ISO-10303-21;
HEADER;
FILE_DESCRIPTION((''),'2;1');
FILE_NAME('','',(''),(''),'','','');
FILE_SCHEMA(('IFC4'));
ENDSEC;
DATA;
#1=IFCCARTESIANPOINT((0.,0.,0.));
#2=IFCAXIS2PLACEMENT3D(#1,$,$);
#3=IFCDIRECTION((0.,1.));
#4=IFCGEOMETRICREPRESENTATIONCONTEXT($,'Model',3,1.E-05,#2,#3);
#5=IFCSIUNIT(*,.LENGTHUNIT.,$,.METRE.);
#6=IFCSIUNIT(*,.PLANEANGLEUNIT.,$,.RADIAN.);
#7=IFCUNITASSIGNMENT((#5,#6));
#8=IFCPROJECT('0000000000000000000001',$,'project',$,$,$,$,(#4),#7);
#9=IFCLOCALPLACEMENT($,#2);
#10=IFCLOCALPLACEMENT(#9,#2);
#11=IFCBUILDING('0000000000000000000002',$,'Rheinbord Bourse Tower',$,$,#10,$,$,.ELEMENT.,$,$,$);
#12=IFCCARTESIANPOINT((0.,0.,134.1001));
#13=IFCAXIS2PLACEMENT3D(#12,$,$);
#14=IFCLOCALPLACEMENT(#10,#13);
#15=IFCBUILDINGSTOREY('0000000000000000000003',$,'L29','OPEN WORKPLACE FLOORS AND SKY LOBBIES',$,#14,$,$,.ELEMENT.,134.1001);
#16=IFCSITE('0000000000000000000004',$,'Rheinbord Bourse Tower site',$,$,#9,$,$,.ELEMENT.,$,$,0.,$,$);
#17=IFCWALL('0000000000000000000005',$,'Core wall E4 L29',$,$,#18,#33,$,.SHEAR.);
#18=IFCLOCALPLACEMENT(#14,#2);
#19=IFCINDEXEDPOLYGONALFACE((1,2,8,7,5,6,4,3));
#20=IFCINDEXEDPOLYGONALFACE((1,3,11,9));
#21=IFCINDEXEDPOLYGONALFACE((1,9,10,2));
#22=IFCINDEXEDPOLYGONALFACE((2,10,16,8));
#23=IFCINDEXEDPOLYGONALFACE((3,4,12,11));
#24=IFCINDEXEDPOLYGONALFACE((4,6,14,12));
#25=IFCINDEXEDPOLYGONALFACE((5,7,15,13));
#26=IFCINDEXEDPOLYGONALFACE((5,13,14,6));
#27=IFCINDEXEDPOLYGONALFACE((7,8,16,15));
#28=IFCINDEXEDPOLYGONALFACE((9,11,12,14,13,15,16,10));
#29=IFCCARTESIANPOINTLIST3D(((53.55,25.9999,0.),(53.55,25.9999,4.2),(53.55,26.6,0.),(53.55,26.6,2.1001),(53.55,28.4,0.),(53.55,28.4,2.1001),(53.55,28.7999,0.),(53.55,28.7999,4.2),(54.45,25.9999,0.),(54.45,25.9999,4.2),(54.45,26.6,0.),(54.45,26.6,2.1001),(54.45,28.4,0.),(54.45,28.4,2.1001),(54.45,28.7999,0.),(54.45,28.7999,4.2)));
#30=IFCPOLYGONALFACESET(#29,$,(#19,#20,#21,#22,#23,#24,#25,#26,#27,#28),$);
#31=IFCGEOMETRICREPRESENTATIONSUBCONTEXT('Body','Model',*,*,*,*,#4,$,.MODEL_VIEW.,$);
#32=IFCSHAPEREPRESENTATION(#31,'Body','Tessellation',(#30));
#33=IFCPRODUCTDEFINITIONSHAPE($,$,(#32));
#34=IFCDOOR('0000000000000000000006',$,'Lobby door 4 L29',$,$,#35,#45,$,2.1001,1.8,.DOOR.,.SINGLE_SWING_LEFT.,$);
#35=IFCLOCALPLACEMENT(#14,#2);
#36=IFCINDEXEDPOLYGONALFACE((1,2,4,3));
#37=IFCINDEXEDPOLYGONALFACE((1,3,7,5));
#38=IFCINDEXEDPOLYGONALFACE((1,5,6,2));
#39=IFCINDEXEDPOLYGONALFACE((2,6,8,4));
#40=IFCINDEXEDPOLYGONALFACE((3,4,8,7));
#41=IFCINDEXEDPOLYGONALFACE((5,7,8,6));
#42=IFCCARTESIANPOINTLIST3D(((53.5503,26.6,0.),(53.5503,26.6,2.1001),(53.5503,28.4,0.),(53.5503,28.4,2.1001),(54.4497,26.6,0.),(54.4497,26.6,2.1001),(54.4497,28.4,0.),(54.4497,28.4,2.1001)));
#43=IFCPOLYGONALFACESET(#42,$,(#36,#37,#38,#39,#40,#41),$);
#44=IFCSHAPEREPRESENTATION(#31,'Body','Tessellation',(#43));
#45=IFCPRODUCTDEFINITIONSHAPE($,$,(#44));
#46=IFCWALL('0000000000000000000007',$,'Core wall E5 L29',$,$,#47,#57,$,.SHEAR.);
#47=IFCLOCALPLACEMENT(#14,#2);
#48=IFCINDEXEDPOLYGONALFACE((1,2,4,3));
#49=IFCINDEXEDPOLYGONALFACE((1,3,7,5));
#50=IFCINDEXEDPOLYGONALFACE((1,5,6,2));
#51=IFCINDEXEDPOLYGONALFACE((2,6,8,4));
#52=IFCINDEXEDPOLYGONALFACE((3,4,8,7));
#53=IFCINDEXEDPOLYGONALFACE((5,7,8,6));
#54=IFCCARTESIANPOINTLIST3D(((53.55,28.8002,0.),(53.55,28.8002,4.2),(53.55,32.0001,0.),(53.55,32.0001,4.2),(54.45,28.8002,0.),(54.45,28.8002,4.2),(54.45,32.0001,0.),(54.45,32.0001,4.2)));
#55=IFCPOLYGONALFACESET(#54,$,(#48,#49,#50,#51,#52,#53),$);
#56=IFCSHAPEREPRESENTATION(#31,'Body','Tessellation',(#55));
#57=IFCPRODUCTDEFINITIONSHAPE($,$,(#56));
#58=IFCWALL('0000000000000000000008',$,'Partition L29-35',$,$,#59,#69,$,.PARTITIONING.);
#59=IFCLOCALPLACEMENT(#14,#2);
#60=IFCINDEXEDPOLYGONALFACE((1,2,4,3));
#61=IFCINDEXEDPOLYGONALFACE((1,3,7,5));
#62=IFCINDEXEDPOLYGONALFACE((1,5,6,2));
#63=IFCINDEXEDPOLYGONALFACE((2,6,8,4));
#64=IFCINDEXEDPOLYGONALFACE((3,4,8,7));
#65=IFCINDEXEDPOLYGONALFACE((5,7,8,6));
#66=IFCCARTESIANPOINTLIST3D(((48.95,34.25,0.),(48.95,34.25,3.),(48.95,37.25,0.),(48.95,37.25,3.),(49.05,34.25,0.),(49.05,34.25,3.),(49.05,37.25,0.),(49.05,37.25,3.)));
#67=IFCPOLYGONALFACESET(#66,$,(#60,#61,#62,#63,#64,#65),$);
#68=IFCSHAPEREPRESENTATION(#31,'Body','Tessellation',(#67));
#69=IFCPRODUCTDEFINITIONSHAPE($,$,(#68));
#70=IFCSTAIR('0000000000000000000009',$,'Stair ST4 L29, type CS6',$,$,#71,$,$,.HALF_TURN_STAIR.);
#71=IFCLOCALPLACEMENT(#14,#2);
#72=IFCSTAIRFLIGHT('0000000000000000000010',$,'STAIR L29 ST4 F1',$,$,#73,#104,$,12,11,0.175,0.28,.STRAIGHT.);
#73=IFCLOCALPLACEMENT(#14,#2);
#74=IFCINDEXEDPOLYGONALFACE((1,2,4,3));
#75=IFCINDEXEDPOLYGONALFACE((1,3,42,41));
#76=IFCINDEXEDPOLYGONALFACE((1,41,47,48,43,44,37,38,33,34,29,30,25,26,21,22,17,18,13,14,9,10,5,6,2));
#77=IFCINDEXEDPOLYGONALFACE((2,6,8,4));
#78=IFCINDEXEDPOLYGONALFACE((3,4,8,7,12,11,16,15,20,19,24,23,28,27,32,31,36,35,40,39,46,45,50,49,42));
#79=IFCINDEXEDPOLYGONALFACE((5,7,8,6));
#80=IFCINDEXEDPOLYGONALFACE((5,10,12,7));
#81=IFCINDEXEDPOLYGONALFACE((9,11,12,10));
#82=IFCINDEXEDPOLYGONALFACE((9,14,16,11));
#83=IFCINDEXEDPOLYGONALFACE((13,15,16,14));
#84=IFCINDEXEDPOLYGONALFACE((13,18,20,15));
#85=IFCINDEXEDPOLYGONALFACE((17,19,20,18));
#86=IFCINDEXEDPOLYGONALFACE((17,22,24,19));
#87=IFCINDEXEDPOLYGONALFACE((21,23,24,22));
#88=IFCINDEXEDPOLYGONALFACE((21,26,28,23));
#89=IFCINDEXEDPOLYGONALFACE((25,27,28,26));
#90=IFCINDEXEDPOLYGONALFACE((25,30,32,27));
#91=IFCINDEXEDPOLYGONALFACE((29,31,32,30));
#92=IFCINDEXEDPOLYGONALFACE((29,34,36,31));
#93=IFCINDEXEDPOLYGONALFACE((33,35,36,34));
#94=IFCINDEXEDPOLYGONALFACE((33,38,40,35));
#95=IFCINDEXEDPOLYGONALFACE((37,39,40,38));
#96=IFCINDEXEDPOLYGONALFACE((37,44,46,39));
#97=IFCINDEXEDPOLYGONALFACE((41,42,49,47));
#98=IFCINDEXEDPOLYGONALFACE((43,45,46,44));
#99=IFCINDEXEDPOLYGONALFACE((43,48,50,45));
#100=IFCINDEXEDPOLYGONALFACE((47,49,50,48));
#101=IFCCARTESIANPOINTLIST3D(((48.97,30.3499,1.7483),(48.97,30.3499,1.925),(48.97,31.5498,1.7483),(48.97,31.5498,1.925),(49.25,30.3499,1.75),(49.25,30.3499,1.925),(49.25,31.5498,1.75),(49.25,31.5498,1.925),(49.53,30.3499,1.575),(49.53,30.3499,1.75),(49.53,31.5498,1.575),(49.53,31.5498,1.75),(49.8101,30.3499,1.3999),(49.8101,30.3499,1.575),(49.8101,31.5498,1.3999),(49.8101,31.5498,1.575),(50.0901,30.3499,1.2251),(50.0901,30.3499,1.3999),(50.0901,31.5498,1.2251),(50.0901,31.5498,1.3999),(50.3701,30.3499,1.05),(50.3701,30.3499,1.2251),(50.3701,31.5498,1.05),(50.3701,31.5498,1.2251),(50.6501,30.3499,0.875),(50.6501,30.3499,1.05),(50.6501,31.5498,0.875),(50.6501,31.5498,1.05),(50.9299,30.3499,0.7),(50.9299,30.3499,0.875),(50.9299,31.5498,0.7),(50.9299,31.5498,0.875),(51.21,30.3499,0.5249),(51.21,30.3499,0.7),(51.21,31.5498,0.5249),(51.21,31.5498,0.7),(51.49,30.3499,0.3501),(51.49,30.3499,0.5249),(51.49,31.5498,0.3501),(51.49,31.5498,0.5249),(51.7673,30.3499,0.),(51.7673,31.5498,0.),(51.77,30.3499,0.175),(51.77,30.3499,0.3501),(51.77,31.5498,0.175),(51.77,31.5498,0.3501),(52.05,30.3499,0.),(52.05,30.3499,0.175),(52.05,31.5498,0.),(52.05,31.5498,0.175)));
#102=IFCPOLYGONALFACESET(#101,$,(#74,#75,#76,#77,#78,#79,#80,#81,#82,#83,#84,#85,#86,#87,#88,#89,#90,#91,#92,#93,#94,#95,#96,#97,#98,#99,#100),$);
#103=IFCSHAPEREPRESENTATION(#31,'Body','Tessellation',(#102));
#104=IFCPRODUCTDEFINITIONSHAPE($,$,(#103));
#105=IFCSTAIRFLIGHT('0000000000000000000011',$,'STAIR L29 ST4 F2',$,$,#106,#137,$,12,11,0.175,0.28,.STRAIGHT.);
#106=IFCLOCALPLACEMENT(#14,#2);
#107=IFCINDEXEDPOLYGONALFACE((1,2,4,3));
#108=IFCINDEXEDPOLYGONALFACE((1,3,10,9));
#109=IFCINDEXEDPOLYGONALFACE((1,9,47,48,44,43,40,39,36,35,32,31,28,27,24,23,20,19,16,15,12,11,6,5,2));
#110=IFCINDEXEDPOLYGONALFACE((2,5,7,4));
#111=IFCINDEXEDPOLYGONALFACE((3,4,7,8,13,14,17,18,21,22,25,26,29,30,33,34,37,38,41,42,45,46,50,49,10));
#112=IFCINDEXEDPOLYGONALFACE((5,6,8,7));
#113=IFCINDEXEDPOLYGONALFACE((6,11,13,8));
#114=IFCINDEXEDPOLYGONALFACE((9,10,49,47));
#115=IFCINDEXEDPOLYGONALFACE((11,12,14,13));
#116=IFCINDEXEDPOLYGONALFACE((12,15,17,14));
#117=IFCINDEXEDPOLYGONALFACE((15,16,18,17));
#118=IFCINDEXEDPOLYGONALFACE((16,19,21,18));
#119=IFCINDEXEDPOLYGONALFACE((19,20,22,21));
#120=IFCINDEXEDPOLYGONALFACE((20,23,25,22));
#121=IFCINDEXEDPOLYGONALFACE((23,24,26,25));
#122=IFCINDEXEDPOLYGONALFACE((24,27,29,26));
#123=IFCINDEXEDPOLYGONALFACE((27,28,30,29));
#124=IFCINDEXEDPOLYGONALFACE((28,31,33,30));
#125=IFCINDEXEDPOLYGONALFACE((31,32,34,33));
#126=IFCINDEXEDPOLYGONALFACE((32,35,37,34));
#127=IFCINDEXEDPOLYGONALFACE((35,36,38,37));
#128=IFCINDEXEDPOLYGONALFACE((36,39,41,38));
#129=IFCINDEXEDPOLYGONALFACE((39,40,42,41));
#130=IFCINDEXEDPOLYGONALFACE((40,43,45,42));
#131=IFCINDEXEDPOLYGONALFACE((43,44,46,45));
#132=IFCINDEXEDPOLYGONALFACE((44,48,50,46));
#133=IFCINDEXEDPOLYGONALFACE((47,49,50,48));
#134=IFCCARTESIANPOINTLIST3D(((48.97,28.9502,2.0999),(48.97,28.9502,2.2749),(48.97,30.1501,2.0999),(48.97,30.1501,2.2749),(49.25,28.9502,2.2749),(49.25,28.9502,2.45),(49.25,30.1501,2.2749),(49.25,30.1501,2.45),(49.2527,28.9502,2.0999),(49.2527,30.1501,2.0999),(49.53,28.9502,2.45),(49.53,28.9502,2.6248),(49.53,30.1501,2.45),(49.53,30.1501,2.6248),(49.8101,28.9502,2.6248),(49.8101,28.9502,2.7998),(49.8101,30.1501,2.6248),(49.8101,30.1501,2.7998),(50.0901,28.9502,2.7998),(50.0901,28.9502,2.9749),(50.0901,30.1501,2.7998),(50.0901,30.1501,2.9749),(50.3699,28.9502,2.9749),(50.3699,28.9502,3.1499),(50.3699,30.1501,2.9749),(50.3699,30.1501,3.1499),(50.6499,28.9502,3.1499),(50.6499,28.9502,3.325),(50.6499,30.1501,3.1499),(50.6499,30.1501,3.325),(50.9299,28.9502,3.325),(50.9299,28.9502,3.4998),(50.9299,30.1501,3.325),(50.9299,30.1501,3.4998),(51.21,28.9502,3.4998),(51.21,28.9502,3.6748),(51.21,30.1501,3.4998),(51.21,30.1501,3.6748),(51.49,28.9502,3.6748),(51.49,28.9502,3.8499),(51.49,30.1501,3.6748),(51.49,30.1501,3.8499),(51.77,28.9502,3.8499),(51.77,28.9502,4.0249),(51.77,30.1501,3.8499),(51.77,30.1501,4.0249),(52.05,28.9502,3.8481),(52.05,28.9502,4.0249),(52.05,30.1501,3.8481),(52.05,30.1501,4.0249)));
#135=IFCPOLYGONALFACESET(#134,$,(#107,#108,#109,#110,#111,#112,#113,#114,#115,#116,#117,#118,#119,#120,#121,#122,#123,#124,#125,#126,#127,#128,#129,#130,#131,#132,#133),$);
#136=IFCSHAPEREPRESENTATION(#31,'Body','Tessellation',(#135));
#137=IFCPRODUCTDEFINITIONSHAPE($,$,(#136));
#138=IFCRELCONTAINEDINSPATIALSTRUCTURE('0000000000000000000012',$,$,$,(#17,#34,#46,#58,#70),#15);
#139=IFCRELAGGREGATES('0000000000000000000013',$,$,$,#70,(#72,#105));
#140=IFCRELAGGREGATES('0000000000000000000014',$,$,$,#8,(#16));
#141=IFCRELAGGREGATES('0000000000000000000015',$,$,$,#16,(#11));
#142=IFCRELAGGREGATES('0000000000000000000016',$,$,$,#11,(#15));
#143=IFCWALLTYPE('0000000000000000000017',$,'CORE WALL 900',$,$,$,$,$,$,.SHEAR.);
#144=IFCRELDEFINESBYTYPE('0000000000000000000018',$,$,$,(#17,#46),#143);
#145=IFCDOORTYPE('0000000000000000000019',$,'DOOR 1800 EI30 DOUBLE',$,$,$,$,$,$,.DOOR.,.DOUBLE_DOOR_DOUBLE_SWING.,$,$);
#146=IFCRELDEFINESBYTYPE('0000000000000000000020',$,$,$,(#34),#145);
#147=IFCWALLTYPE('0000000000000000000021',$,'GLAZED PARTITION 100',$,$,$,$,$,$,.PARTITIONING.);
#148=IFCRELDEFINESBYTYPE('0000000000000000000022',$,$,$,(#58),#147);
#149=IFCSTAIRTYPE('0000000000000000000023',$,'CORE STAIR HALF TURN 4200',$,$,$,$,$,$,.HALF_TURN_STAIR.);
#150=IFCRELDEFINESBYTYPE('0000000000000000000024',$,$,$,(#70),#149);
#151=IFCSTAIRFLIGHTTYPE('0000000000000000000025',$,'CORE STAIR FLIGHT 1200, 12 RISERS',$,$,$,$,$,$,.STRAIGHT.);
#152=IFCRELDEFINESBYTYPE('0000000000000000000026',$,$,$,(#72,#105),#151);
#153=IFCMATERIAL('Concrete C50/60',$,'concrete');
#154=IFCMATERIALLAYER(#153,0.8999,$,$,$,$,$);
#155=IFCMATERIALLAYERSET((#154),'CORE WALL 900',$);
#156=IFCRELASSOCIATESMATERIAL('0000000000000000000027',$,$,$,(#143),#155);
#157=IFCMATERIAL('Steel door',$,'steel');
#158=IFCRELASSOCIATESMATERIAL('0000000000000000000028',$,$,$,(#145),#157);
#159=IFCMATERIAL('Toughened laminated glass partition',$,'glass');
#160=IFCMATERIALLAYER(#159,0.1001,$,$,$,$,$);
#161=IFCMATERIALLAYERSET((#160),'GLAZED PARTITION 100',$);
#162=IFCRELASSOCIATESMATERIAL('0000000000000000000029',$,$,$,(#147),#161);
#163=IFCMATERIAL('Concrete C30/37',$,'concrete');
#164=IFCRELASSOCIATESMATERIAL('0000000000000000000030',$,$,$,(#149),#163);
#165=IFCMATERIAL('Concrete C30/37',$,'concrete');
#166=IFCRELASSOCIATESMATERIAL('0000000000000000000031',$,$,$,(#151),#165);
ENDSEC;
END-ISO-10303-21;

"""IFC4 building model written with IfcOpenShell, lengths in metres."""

from ifc_helpers import new_model, si_unit, direction, frame, frame_2d, origin, place, context, subcontext, project, spatial, polyline, rectangle, outline, extrude, material, layer, layer_set, type_object, element, fill, aggregate, save


model = new_model("IFC4")

# Units and contexts
model_context = context("Model", 3, precision=1e-05, world=origin(), true_north=direction((0.0, 1.0)))
body_context = subcontext(model_context, "Body", "Model", "MODEL_VIEW")
ifc_project = project(units=[si_unit("LENGTHUNIT", "METRE"), si_unit("PLANEANGLEUNIT", "RADIAN")], contexts=[model_context])

# Site, building, storey
site_placement = place(None, origin())
site = spatial("IfcSite", under=ifc_project, at=site_placement, Name="Rheinbord Bourse Tower site", CompositionType="ELEMENT", RefElevation=0.0)
building_placement = place(site_placement, origin())
building = spatial("IfcBuilding", under=site, at=building_placement, Name="Rheinbord Bourse Tower", CompositionType="ELEMENT")
storey_placement = place(building_placement, frame((0.0, 0.0, 134.1001)))
storey = spatial("IfcBuildingStorey", under=building, at=storey_placement, Name="L29", Description="OPEN WORKPLACE FLOORS AND SKY LOBBIES", CompositionType="ELEMENT", Elevation=134.1001)

# Shared definitions
ifc_material_1 = material(Name="Concrete C50/60", Category="concrete")
ifc_layer_1 = layer(ifc_material_1, 0.8999)
ifc_layer_set_1 = layer_set([ifc_layer_1], Name="CORE WALL 900")
wall_type_1 = type_object("IfcWallType", Name="CORE WALL 900", PredefinedType="SHEAR", material=ifc_layer_set_1)

# Wall, opening, door
wall_1_placement = place(storey_placement, frame((54.0, 26.0, 0.0), z_axis=(0.0, 0.0, 1.0), x_axis=(0.0, 1.0, 0.0)))
wall_1 = element("IfcWall", 1, at=wall_1_placement, inside=storey, type_object=wall_type_1, Name="Core wall E4 L29", PredefinedType="SHEAR", context=body_context, shape_type="SweptSolid", body=[
    extrude(rectangle(XDim=2.8, YDim=0.8999, at=frame_2d((1.3999, 0.0))), origin(), (0.0, 0.0, 1.0), 4.2),
])
opening_1_placement = place(wall_1_placement, frame((0.6001, 0.0, 0.0)))
opening_1 = element("IfcOpeningElement", 2, at=opening_1_placement, cuts=wall_1, PredefinedType="OPENING", context=body_context, shape_type="SweptSolid", body=[
    extrude(rectangle(XDim=1.8, YDim=2.1001, at=frame_2d((0.8999, 1.05))), frame((0.0, 0.46, 0.0), z_axis=(0.0, -1.0, 0.0), x_axis=(1.0, 0.0, 0.0)), (0.0, 0.0, 1.0), 0.9199),
])
ifc_material_2 = material(Name="Steel door", Category="steel")
door_type_1 = type_object("IfcDoorType", Name="DOOR 1800 EI30 DOUBLE", OperationType="DOUBLE_DOOR_DOUBLE_SWING", PredefinedType="DOOR", material=ifc_material_2)
door_1_placement = place(opening_1_placement, origin())
door_1 = element("IfcDoor", 3, at=door_1_placement, inside=storey, type_object=door_type_1, Name="Lobby door 4 L29", OperationType="SINGLE_SWING_LEFT", OverallHeight=2.1001, OverallWidth=1.8, PredefinedType="DOOR", context=body_context, shape_type="SweptSolid", body=[
    extrude(rectangle(XDim=1.8, YDim=2.1001, at=frame_2d((0.8999, 1.05))), frame((0.0, 0.4497, 0.0), z_axis=(0.0, -1.0, 0.0), x_axis=(1.0, 0.0, 0.0)), (0.0, 0.0, 1.0), 0.8994),
])
fill(opening_1, door_1)

# Walls
wall_2_placement = place(storey_placement, frame((54.0, 28.8, 0.0), z_axis=(0.0, 0.0, 1.0), x_axis=(0.0, 1.0, 0.0)))
element("IfcWall", 4, at=wall_2_placement, inside=storey, type_object=wall_type_1, Name="Core wall E5 L29", PredefinedType="SHEAR", context=body_context, shape_type="SweptSolid", body=[
    extrude(rectangle(XDim=3.2, YDim=0.8999, at=frame_2d((1.6001, 0.0))), origin(), (0.0, 0.0, 1.0), 4.2),
])
ifc_material_3 = material(Name="Toughened laminated glass partition", Category="glass")
ifc_layer_2 = layer(ifc_material_3, 0.1001)
ifc_layer_set_2 = layer_set([ifc_layer_2], Name="GLAZED PARTITION 100")
wall_type_2 = type_object("IfcWallType", Name="GLAZED PARTITION 100", PredefinedType="PARTITIONING", material=ifc_layer_set_2)
wall_3_placement = place(storey_placement, frame((49.0, 34.25, 0.0), z_axis=(0.0, 0.0, 1.0), x_axis=(0.0, 1.0, 0.0)))
element("IfcWall", 5, at=wall_3_placement, inside=storey, type_object=wall_type_2, Name="Partition L29-35", PredefinedType="PARTITIONING", context=body_context, shape_type="SweptSolid", body=[
    extrude(rectangle(XDim=3.0, YDim=0.1001, at=frame_2d((1.5, 0.0))), origin(), (0.0, 0.0, 1.0), 3.0),
])

# Stair, stair flights
ifc_material_4 = material(Name="Concrete C30/37", Category="concrete")
stair_type = type_object("IfcStairType", Name="CORE STAIR HALF TURN 4200", PredefinedType="HALF_TURN_STAIR", material=ifc_material_4)
stair_placement = place(storey_placement, origin())
stair = element("IfcStair", 6, at=stair_placement, inside=storey, type_object=stair_type, Name="Stair ST4 L29, type CS6", PredefinedType="HALF_TURN_STAIR")
ifc_material_5 = material(Name="Concrete C30/37", Category="concrete")
stair_flight_type = type_object("IfcStairFlightType", Name="CORE STAIR FLIGHT 1200, 12 RISERS", PredefinedType="STRAIGHT", material=ifc_material_5)
stair_flight_1_placement = place(storey_placement, frame((52.05, 30.95, 0.0), z_axis=(0.0, 0.0, 1.0), x_axis=(-1.0, 0.0, 0.0)))
stair_flight_1 = element("IfcStairFlight", 7, at=stair_flight_1_placement, type_object=stair_flight_type, Name="STAIR L29 ST4 F1", NumberOfRisers=12, NumberOfTreads=11, PredefinedType="STRAIGHT", RiserHeight=0.175, TreadLength=0.28, context=body_context, shape_type="SweptSolid", body=[
    extrude(outline(polyline([(0.0, 0.0), (0.0, 0.175), (0.28, 0.175), (0.28, 0.3501), (0.5601, 0.3501), (0.5601, 0.5249), (0.8401, 0.5249), (0.8401, 0.7), (1.1201, 0.7), (1.1201, 0.875), (1.3999, 0.875), (1.3999, 1.05), (1.6799, 1.05), (1.6799, 1.2251), (1.96, 1.2251), (1.96, 1.3999), (2.24, 1.3999), (2.24, 1.575), (2.52, 1.575), (2.52, 1.75), (2.8, 1.75), (2.8, 1.925), (3.0801, 1.925), (3.0801, 2.1001), (3.0801, 1.7483), (0.2827, 0.0), (0.0, 0.0)])), frame((0.0, 0.6001, 0.0), z_axis=(0.0, -1.0, 0.0), x_axis=(1.0, 0.0, 0.0)), (0.0, 0.0, 1.0), 1.2),
])
stair_flight_2_placement = place(storey_placement, frame((48.97, 29.55, 2.0999), z_axis=(0.0, 0.0, 1.0), x_axis=(1.0, 0.0, 0.0)))
stair_flight_2 = element("IfcStairFlight", 8, at=stair_flight_2_placement, type_object=stair_flight_type, Name="STAIR L29 ST4 F2", NumberOfRisers=12, NumberOfTreads=11, PredefinedType="STRAIGHT", RiserHeight=0.175, TreadLength=0.28, context=body_context, shape_type="SweptSolid", body=[
    extrude(outline(polyline([(0.0, 0.0), (0.0, 0.175), (0.28, 0.175), (0.28, 0.3501), (0.5601, 0.3501), (0.5601, 0.5249), (0.8401, 0.5249), (0.8401, 0.7), (1.1201, 0.7), (1.1201, 0.875), (1.3999, 0.875), (1.3999, 1.05), (1.6799, 1.05), (1.6799, 1.2251), (1.96, 1.2251), (1.96, 1.3999), (2.24, 1.3999), (2.24, 1.575), (2.52, 1.575), (2.52, 1.75), (2.8, 1.75), (2.8, 1.925), (3.0801, 1.925), (3.0801, 2.1001), (3.0801, 1.7483), (0.2827, 0.0), (0.0, 0.0)])), frame((0.0, 0.6001, 0.0), z_axis=(0.0, -1.0, 0.0), x_axis=(1.0, 0.0, 0.0)), (0.0, 0.0, 1.0), 1.2),
])
aggregate(stair, [stair_flight_1, stair_flight_2])

save(model, "model.ifc")
